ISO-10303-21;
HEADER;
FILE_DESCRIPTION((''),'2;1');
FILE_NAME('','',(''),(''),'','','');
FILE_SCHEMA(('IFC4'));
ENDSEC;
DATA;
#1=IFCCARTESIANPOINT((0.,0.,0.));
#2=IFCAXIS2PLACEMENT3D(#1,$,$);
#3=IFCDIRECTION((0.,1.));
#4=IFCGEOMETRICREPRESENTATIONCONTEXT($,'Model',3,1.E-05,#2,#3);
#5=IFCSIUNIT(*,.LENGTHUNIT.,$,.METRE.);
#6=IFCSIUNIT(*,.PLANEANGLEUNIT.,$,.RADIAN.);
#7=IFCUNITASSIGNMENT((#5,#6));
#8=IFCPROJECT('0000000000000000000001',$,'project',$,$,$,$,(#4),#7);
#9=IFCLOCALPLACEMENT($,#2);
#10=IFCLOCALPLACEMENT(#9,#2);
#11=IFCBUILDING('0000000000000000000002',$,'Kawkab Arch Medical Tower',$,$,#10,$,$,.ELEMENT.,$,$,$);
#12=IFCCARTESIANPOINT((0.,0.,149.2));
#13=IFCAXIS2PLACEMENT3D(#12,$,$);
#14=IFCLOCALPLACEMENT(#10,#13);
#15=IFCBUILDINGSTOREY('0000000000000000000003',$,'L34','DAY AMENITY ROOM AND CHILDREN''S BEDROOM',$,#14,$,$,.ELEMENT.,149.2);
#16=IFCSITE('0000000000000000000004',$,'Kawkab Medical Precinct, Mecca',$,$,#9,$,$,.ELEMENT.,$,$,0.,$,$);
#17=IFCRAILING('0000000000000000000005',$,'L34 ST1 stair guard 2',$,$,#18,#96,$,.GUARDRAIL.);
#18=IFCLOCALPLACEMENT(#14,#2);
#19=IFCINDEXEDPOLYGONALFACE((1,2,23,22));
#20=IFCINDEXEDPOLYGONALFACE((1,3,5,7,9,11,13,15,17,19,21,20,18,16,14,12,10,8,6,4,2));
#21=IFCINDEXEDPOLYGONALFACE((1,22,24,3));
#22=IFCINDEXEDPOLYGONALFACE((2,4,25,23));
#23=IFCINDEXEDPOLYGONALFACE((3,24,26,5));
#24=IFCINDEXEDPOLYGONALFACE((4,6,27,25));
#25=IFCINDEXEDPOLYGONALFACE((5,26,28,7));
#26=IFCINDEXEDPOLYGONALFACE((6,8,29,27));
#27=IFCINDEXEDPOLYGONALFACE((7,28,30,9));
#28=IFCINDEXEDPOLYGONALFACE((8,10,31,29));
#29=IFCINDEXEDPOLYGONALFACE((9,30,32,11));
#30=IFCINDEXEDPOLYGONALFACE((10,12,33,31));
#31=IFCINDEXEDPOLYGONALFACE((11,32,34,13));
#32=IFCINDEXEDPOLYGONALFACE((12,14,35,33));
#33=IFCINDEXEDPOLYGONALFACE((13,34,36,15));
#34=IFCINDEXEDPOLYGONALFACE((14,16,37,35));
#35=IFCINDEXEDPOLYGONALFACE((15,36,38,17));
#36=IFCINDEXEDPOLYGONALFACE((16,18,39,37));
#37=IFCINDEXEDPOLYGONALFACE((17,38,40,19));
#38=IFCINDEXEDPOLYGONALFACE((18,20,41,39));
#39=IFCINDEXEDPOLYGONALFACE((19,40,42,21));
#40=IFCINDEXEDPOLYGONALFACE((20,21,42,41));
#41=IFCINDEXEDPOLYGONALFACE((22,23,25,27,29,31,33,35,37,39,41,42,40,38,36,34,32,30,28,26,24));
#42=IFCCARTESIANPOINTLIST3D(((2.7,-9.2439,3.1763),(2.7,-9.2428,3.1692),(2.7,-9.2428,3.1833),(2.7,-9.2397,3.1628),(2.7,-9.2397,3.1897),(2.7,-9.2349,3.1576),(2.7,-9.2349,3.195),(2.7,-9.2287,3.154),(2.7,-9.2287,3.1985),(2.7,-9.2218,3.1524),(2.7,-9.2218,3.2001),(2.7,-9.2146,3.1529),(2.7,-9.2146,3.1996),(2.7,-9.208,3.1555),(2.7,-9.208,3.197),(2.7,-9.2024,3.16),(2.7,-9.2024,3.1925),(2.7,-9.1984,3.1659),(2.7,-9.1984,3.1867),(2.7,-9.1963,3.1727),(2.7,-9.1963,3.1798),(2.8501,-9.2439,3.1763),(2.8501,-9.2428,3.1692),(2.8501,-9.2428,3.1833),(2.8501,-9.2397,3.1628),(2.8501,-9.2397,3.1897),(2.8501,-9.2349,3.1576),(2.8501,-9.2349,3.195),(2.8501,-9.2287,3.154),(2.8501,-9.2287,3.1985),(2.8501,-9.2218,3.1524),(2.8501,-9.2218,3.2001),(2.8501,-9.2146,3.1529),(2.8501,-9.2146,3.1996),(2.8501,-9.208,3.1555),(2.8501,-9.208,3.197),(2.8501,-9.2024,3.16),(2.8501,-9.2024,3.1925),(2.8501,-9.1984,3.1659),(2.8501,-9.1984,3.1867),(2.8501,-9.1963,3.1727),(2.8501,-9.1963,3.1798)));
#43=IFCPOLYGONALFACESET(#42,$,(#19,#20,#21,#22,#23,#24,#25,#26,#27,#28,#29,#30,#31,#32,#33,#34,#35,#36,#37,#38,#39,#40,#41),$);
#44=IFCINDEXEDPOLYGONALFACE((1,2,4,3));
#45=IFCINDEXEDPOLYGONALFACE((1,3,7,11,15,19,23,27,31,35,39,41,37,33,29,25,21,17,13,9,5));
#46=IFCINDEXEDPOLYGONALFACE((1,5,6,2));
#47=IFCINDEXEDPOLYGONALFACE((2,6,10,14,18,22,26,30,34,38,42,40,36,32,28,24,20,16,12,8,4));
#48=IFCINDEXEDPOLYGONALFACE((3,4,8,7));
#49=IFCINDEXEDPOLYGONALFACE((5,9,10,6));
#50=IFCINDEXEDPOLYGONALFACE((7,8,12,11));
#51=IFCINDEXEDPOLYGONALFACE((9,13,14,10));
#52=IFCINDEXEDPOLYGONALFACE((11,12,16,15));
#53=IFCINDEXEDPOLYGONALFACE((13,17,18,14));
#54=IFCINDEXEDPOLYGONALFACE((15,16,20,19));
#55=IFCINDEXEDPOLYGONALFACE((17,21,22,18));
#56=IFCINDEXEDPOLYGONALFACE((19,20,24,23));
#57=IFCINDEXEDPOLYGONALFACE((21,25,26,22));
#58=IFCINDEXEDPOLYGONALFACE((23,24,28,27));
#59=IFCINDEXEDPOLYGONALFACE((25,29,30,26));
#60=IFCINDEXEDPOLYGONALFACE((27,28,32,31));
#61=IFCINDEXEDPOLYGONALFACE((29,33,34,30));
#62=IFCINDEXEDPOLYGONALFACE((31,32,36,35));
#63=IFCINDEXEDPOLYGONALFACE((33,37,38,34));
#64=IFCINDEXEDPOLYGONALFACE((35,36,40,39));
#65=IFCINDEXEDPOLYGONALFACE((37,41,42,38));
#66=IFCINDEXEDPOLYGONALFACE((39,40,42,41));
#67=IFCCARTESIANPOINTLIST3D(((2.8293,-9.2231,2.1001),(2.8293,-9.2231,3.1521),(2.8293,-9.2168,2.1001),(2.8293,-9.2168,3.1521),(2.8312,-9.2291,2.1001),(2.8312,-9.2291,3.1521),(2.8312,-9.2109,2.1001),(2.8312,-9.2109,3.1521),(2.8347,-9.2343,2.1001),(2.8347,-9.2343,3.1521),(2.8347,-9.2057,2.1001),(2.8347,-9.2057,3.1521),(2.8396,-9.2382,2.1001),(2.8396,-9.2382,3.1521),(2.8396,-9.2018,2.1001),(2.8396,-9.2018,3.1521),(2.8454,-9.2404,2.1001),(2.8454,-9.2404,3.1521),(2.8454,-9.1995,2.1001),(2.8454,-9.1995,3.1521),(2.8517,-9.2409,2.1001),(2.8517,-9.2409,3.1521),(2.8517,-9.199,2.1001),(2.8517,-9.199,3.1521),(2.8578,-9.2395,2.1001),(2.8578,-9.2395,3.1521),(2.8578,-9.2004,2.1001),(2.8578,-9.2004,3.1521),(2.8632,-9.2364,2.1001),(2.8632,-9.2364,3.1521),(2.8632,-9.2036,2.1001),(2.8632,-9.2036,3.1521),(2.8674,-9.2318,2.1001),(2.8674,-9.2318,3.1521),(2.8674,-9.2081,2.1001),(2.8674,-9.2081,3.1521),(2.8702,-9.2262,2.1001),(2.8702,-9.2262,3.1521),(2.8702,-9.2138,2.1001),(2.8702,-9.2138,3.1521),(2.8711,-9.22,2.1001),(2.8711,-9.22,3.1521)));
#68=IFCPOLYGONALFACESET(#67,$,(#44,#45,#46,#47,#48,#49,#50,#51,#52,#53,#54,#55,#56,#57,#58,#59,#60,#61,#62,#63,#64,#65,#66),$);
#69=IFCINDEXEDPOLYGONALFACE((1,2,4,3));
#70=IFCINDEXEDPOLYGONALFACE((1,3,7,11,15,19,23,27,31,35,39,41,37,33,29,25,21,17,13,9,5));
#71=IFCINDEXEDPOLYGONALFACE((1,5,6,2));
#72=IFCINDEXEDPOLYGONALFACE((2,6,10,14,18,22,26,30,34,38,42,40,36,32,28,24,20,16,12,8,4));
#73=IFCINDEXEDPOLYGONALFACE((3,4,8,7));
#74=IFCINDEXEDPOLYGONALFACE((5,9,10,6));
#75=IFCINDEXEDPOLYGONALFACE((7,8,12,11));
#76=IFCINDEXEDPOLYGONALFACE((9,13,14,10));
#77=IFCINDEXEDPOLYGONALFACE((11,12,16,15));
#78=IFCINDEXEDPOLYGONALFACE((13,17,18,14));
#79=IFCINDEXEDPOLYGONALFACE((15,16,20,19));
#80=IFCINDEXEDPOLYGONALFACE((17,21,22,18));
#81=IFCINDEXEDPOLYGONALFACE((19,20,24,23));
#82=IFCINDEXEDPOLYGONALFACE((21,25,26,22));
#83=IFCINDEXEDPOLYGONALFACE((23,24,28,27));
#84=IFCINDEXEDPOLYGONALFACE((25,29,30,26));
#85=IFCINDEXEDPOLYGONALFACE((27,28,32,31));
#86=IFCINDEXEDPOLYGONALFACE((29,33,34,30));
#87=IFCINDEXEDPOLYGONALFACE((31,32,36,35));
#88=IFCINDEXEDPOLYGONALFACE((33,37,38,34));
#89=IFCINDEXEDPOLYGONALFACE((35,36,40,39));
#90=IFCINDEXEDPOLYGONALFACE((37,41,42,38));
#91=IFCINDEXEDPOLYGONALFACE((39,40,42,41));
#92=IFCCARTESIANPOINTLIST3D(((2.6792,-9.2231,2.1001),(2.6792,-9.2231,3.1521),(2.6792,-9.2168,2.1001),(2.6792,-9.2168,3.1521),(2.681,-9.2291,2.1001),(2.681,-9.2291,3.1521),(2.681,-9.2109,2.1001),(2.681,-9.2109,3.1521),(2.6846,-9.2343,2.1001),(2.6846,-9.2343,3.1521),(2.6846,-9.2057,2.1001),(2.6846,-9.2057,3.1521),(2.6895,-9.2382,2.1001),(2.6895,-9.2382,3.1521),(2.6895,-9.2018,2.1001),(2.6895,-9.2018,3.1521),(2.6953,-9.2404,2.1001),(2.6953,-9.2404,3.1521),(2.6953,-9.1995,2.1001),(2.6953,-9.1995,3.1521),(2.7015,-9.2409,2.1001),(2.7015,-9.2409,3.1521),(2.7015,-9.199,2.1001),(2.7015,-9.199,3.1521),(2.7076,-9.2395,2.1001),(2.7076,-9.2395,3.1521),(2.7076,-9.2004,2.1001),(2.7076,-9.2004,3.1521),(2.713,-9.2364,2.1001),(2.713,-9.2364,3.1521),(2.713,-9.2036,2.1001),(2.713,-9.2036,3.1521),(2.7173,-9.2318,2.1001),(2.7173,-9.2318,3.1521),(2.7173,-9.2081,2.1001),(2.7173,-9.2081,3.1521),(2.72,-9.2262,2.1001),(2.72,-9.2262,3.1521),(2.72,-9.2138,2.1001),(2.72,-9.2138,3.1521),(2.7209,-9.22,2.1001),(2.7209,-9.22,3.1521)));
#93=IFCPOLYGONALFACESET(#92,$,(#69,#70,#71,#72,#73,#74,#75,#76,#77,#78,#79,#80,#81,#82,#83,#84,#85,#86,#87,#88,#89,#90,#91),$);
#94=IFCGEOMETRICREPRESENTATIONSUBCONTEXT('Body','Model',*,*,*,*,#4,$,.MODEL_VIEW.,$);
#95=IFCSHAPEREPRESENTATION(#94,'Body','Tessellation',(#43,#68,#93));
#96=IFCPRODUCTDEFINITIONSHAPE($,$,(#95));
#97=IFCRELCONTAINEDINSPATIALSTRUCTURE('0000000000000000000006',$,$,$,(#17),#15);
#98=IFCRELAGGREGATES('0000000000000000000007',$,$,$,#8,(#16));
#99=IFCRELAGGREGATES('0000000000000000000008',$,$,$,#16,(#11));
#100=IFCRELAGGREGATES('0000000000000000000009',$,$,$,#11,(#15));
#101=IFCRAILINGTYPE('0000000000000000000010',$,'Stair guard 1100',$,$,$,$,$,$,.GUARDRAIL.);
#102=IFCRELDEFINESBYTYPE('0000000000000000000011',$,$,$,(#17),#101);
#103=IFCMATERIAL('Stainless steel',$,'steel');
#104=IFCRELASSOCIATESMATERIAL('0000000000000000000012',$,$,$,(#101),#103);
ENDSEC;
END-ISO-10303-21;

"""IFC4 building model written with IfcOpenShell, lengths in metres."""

from ifc_helpers import new_model, si_unit, direction, frame, origin, origin_2d, place, context, subcontext, project, spatial, circle, extrude, material, type_object, element, save


model = new_model("IFC4")

# Units and contexts
model_context = context("Model", 3, precision=1e-05, world=origin(), true_north=direction((0.0, 1.0)))
body_context = subcontext(model_context, "Body", "Model", "MODEL_VIEW")
ifc_project = project(units=[si_unit("LENGTHUNIT", "METRE"), si_unit("PLANEANGLEUNIT", "RADIAN")], contexts=[model_context])

# Site, building, storey
site_placement = place(None, origin())
site = spatial("IfcSite", under=ifc_project, at=site_placement, Name="Kawkab Medical Precinct, Mecca", CompositionType="ELEMENT", RefElevation=0.0)
building_placement = place(site_placement, origin())
building = spatial("IfcBuilding", under=site, at=building_placement, Name="Kawkab Arch Medical Tower", CompositionType="ELEMENT")
storey_placement = place(building_placement, frame((0.0, 0.0, 149.2)))
storey = spatial("IfcBuildingStorey", under=building, at=storey_placement, Name="L34", Description="DAY AMENITY ROOM AND CHILDREN'S BEDROOM", CompositionType="ELEMENT", Elevation=149.2)

# Railing
ifc_material_1 = material(Name="Stainless steel", Category="steel")
railing_type_1 = type_object("IfcRailingType", Name="Stair guard 1100", PredefinedType="GUARDRAIL", material=ifc_material_1)
railing_1_placement = place(storey_placement, frame((2.8501, -9.22, 2.1001)))
element("IfcRailing", 1, at=railing_1_placement, inside=storey, type_object=railing_type_1, Name="L34 ST1 stair guard 2", PredefinedType="GUARDRAIL", context=body_context, shape_type="SweptSolid", body=[
    extrude(circle(Radius=0.0239, at=origin_2d()), frame((0.0, 0.0, 1.0762), z_axis=(-1.0, 0.0, 0.0), x_axis=(0.0, -1.0, 0.0)), (0.0, 0.0, 1.0), 0.1501),
    extrude(circle(Radius=0.021, at=origin_2d()), origin(), (0.0, 0.0, 1.0), 1.052),
    extrude(circle(Radius=0.021, at=origin_2d()), frame((-0.1501, 0.0, 0.0)), (0.0, 0.0, 1.0), 1.052),
])

save(model, "model.ifc")
